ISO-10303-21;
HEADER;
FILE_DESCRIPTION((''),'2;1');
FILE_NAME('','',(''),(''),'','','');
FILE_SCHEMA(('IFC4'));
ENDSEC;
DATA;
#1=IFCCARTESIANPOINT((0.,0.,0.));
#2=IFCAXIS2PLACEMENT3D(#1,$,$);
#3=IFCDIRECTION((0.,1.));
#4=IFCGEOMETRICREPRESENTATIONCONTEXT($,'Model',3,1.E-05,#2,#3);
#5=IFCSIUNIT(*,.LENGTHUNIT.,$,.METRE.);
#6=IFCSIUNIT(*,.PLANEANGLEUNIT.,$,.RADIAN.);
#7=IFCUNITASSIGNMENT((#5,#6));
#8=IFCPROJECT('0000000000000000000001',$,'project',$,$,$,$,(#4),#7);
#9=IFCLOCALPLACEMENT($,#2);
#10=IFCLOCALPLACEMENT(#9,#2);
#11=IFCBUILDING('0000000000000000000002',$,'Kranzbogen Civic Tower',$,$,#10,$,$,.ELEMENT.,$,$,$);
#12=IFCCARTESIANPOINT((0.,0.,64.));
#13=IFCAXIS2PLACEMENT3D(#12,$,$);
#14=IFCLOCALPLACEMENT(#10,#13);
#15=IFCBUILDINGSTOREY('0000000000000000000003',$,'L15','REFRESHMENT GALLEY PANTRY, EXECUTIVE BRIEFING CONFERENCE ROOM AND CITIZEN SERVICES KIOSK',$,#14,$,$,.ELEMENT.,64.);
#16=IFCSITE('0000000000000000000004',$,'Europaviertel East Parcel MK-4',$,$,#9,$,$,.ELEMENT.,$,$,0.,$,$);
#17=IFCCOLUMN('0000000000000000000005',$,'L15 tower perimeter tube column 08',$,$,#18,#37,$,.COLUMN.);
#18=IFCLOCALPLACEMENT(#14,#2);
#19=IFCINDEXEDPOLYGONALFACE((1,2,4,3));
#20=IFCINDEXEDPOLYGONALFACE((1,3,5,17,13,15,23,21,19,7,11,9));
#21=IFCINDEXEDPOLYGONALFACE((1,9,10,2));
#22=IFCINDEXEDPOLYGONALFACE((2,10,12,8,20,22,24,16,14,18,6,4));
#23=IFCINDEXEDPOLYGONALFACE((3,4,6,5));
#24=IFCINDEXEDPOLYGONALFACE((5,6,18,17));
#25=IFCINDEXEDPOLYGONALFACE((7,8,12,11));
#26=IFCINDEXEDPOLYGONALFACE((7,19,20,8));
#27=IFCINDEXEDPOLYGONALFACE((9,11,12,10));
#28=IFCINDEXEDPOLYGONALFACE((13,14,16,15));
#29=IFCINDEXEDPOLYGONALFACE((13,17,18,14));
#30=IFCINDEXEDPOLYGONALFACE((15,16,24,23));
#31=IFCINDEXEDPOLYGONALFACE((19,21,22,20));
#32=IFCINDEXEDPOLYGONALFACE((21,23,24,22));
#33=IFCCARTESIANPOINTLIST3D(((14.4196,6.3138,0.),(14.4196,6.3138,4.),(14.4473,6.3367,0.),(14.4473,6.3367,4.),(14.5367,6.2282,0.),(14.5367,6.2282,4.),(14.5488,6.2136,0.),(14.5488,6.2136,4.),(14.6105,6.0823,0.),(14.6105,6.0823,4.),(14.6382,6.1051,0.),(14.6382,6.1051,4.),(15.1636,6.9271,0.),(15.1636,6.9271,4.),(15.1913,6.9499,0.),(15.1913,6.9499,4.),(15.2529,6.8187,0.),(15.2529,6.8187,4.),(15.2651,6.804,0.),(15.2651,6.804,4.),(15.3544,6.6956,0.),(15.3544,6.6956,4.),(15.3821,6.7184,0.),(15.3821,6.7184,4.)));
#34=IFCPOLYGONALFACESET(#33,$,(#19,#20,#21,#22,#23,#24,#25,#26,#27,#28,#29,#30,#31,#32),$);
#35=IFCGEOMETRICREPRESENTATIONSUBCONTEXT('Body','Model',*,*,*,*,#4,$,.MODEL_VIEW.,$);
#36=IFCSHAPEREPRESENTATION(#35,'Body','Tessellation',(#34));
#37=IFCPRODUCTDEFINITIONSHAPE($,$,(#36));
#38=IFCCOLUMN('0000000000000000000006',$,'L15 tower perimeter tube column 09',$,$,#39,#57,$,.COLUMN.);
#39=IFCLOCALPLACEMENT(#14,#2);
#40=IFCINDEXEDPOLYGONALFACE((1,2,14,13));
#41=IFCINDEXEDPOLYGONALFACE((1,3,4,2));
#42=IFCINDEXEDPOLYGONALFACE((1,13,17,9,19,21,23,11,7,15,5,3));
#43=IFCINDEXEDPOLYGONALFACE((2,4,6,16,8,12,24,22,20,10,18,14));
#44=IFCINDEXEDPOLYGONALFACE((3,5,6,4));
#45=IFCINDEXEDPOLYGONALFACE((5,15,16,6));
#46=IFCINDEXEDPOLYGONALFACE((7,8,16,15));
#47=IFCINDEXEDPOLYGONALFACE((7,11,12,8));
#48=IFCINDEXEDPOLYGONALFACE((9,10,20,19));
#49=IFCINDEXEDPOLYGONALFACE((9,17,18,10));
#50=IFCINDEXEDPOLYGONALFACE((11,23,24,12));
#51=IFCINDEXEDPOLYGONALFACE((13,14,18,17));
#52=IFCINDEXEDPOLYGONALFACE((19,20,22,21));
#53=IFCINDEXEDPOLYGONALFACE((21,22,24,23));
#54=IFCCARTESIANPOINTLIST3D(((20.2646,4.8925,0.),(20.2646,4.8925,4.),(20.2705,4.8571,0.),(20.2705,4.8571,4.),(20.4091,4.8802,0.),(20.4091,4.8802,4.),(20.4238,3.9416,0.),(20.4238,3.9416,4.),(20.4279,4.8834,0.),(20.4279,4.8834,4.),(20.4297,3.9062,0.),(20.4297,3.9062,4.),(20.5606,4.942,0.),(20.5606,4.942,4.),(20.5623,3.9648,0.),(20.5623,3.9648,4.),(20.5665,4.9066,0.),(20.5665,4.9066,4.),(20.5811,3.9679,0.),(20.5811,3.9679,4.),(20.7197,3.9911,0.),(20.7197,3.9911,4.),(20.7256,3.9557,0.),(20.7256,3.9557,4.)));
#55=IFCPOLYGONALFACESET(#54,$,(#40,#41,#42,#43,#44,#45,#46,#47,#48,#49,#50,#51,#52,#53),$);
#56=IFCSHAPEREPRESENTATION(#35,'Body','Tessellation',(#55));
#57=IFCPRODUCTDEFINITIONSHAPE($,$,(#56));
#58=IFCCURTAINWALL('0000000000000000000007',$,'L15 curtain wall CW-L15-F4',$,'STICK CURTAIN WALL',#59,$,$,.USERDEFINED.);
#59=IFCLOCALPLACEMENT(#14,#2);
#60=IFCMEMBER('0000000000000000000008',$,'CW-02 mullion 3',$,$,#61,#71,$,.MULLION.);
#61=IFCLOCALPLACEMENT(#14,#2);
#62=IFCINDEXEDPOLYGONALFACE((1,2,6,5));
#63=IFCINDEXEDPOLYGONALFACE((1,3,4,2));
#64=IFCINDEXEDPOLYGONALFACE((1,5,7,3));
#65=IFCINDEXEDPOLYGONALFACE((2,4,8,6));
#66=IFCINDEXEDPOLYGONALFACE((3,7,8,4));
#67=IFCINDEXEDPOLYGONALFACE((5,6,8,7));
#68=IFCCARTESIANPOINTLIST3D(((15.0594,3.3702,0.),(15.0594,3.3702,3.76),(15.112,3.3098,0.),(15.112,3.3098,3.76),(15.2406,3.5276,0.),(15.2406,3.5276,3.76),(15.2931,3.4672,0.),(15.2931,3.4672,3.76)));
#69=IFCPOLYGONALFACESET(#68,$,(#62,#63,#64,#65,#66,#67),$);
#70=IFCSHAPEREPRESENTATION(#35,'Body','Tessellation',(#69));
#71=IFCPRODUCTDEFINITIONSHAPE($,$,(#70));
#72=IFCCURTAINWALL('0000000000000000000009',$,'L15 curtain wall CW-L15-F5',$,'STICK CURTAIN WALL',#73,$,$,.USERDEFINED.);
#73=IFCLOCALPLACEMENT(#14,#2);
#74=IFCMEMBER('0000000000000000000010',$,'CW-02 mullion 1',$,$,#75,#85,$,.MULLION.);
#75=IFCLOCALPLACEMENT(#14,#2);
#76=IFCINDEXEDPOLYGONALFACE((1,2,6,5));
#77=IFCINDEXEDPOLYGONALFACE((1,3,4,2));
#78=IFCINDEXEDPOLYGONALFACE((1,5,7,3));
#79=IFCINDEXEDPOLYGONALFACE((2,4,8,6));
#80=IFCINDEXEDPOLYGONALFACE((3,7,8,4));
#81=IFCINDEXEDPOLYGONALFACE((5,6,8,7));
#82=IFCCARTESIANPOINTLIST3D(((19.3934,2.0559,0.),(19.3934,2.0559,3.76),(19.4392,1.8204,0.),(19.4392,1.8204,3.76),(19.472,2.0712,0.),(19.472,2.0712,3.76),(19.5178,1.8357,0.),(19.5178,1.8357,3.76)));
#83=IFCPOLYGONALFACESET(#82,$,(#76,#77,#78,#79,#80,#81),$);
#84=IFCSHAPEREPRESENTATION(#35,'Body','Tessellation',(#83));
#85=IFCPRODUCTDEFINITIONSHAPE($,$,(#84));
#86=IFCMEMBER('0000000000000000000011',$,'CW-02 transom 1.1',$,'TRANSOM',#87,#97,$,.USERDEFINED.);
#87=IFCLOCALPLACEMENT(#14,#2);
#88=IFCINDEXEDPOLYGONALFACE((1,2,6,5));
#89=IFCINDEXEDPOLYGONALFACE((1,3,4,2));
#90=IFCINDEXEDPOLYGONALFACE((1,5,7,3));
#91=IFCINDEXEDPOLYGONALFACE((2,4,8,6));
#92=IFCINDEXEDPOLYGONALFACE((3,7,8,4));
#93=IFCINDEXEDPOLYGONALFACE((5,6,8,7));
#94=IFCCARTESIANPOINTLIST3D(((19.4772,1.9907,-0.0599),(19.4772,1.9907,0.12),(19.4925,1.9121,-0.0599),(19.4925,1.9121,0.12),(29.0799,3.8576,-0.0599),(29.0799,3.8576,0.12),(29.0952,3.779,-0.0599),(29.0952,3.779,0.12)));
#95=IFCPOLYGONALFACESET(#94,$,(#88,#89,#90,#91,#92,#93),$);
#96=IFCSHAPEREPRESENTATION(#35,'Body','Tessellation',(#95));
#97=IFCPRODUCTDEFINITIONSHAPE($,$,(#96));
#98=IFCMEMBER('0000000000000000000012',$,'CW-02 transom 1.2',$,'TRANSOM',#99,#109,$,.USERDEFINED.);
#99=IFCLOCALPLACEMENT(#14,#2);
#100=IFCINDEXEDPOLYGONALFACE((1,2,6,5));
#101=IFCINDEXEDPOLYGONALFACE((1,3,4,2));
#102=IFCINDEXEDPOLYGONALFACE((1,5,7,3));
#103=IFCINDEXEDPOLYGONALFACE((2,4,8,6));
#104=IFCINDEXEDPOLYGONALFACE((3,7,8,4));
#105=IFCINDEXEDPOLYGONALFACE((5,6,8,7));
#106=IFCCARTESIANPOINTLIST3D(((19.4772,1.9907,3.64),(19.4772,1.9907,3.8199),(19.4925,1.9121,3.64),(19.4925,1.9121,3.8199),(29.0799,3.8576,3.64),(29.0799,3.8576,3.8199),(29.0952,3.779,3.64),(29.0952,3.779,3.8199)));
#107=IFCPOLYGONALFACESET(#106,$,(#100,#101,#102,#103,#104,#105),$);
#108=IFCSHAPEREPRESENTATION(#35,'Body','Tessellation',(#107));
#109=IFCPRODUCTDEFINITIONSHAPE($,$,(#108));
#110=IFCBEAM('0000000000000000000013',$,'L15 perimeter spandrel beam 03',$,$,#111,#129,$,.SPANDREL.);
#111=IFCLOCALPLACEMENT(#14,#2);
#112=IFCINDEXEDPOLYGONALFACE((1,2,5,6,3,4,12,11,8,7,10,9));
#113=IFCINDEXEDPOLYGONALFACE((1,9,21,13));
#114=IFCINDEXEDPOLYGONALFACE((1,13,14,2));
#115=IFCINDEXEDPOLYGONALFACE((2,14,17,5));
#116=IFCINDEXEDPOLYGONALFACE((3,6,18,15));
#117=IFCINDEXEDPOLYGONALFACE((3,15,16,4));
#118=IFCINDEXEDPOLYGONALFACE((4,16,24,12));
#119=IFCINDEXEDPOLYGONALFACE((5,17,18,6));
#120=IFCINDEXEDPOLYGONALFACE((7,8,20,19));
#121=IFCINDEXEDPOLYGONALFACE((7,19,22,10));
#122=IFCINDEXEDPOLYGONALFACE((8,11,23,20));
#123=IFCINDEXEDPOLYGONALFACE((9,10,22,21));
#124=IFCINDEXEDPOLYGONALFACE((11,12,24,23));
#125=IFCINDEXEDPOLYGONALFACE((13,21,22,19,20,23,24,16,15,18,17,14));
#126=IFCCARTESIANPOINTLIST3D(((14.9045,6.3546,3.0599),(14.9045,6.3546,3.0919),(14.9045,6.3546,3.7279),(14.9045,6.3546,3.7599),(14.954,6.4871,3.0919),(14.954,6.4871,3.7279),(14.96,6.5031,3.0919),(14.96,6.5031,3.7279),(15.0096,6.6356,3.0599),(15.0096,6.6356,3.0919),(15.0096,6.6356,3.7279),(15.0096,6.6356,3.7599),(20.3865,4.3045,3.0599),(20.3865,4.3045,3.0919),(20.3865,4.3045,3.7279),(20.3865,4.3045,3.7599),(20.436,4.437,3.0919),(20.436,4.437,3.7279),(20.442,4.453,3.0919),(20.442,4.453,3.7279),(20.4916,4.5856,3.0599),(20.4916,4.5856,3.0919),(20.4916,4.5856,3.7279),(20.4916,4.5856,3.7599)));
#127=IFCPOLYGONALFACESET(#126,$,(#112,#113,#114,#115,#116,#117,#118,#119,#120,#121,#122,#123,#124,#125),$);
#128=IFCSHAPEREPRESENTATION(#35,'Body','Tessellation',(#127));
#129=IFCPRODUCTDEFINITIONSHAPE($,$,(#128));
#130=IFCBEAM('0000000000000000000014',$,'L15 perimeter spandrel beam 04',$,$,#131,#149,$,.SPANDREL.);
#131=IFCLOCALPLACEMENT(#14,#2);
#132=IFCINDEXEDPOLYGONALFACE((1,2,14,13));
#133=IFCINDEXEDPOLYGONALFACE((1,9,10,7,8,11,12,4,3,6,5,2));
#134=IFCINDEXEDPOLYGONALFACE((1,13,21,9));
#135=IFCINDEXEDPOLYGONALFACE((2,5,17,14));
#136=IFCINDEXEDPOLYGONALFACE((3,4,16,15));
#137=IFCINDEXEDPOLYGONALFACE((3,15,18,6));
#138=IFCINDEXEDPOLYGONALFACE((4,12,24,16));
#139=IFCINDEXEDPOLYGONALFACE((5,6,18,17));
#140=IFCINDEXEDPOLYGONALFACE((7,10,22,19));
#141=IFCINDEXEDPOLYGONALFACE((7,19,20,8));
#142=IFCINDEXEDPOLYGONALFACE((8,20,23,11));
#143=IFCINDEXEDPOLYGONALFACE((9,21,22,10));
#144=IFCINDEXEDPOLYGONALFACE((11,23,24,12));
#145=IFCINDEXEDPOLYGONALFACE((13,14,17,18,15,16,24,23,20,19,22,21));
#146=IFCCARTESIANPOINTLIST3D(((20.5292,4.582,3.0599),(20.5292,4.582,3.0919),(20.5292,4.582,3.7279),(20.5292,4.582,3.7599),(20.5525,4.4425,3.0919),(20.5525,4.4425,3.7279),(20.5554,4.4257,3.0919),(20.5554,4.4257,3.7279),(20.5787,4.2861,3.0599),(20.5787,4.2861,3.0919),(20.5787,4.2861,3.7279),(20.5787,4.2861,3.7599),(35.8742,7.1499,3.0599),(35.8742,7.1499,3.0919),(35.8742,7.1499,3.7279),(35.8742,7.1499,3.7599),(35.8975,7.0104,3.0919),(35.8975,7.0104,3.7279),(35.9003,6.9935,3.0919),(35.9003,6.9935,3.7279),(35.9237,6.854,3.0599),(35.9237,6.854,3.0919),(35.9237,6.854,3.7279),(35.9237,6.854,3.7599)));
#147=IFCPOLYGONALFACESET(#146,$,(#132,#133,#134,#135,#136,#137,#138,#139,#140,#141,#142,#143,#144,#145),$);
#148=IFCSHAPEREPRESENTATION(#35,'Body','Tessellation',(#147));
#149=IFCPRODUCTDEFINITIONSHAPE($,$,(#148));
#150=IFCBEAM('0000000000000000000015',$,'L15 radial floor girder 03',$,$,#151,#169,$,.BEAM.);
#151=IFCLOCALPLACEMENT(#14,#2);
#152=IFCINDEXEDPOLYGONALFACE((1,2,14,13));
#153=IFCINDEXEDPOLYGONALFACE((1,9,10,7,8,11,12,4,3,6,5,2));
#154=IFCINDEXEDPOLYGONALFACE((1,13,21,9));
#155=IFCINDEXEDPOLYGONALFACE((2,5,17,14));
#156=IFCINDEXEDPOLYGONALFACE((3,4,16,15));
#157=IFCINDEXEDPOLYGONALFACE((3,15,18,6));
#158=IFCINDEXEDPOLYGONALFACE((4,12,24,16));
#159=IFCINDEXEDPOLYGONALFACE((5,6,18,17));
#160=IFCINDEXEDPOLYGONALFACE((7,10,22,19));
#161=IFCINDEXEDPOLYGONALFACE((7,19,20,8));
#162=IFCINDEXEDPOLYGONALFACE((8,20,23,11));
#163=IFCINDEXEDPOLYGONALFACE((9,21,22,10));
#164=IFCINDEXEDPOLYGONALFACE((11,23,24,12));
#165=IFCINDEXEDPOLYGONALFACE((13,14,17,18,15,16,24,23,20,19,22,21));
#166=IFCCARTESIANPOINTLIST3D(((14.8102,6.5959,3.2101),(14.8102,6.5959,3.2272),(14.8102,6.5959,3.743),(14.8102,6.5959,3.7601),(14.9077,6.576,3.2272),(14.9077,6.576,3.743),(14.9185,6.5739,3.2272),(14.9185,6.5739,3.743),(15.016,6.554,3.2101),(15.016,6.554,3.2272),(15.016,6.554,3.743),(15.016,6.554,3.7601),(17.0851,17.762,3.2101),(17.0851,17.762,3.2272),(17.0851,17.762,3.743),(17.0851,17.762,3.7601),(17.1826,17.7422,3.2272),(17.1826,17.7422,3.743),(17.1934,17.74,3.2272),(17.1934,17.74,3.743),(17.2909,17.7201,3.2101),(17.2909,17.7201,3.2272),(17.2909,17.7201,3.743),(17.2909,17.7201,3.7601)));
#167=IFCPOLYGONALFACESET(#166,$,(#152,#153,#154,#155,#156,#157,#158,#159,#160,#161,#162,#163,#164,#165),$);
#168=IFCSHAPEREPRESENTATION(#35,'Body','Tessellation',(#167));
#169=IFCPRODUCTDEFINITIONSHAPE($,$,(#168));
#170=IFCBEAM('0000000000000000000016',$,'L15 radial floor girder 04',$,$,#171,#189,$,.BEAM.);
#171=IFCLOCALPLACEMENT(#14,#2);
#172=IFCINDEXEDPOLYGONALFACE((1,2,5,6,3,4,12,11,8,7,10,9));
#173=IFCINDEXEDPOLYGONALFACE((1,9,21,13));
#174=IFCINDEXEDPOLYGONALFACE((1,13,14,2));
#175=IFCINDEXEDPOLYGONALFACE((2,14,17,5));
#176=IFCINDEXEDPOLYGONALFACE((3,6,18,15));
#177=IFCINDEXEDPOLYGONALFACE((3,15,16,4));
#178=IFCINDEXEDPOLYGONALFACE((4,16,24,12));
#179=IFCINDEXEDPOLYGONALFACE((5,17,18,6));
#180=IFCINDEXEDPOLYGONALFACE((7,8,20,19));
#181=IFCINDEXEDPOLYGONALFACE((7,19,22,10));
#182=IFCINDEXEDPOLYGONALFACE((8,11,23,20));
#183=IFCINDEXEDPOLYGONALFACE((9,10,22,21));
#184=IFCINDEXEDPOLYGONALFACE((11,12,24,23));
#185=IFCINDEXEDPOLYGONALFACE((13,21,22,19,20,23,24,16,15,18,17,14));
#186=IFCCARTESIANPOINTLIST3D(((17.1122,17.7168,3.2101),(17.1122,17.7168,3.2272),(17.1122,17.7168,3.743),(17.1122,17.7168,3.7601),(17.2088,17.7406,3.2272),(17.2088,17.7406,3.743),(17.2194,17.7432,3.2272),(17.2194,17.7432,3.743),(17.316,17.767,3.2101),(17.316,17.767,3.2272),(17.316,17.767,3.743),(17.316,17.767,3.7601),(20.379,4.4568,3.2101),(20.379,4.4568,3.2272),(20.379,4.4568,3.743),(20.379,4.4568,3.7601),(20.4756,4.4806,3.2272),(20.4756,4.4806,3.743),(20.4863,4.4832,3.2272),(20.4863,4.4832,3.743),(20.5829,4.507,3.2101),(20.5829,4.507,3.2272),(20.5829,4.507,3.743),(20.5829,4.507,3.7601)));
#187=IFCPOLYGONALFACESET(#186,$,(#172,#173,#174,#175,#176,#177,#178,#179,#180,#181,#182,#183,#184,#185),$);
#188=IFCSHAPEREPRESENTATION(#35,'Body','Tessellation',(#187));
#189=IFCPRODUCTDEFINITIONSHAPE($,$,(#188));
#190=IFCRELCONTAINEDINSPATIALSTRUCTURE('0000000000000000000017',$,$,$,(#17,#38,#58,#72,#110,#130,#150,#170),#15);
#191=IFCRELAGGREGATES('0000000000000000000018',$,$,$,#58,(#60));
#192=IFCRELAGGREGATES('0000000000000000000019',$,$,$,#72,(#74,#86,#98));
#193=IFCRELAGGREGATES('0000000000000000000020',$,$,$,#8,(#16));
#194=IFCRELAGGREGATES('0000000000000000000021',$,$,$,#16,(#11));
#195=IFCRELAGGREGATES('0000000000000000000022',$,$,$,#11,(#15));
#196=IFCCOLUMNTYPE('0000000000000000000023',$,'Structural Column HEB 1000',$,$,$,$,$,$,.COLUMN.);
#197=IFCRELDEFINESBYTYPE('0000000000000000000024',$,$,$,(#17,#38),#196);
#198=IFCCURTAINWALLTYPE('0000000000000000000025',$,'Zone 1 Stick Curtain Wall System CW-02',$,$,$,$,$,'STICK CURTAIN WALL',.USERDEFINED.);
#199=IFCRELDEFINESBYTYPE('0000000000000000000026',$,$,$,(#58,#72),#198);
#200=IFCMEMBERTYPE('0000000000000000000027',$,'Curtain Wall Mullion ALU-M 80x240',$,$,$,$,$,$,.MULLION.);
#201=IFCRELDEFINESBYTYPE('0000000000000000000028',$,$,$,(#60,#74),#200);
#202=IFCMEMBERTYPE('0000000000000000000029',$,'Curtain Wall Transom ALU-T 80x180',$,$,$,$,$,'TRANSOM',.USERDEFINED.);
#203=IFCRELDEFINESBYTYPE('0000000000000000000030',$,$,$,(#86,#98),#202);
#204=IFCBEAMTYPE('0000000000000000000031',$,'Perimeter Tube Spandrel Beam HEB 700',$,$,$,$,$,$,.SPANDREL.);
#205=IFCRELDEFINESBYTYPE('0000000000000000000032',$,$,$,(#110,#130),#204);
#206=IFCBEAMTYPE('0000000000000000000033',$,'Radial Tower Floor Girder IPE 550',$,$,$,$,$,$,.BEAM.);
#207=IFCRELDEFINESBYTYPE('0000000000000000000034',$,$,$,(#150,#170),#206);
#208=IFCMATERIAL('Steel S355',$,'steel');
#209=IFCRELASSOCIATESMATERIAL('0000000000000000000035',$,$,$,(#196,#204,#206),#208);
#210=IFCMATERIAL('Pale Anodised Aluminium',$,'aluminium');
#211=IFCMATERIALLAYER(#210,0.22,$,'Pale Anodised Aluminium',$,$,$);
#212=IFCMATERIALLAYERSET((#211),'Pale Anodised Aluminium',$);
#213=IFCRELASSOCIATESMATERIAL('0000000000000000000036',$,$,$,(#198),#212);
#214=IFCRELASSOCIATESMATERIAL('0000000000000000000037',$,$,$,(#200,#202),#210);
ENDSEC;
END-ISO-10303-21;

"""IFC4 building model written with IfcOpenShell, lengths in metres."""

from ifc_helpers import new_model, si_unit, direction, frame, origin, origin_2d, place, context, subcontext, project, spatial, rectangle, i_section, extrude, material, layer, layer_set, material_profile, profile_set, type_object, element, aggregate, save


model = new_model("IFC4")

# Units and contexts
model_context = context("Model", 3, precision=1e-05, world=origin(), true_north=direction((0.0, 1.0)))
body_context = subcontext(model_context, "Body", "Model", "MODEL_VIEW")
ifc_project = project(units=[si_unit("LENGTHUNIT", "METRE"), si_unit("PLANEANGLEUNIT", "RADIAN")], contexts=[model_context])

# Site, building, storey
site_placement = place(None, origin())
site = spatial("IfcSite", under=ifc_project, at=site_placement, Name="Europaviertel East Parcel MK-4", CompositionType="ELEMENT", RefElevation=0.0)
building_placement = place(site_placement, origin())
building = spatial("IfcBuilding", under=site, at=building_placement, Name="Kranzbogen Civic Tower", CompositionType="ELEMENT")
storey_placement = place(building_placement, frame((0.0, 0.0, 64.0)))
storey = spatial("IfcBuildingStorey", under=building, at=storey_placement, Name="L15", Description="REFRESHMENT GALLEY PANTRY, EXECUTIVE BRIEFING CONFERENCE ROOM AND CITIZEN SERVICES KIOSK", CompositionType="ELEMENT", Elevation=64.0)

# Columns
ifc_material_1 = material(Name="Steel S355", Category="steel")
ifc_material_profile_1 = material_profile(ifc_material_1, i_section(OverallWidth=0.3, OverallDepth=1.0, WebThickness=0.019, FlangeThickness=0.0359, at=origin_2d()), Name="HEB 1000")
ifc_profile_set_1 = profile_set([ifc_material_profile_1], Name="Steel S355")
column_type = type_object("IfcColumnType", Name="Structural Column HEB 1000", PredefinedType="COLUMN", material=ifc_profile_set_1)
for number, where, z_axis, x_axis, name in (
    (1, (14.9009, 6.5161, 0.0), (0.0, 0.0, 1.0), (-0.636078, 0.771625, 0.0), "L15 tower perimeter tube column 08"),
    (2, (20.4951, 4.4241, 0.0), (0.0, 0.0, 1.0), (0.986286, 0.165048, 0.0), "L15 tower perimeter tube column 09"),
):
    element("IfcColumn", number, at=place(storey_placement, frame(where, z_axis=z_axis, x_axis=x_axis)), inside=storey, type_object=column_type, Name=name, PredefinedType="COLUMN", context=body_context, shape_type="SweptSolid", body=[
        extrude(i_section(OverallWidth=0.3, OverallDepth=1.0, WebThickness=0.019, FlangeThickness=0.0359, at=origin_2d()), origin(), (0.0, 0.0, 1.0), 4.0),
    ])

# Curtain wall, member
ifc_material_2 = material(Name="Pale Anodised Aluminium", Category="aluminium")
ifc_layer_1 = layer(ifc_material_2, 0.22, Name="Pale Anodised Aluminium")
ifc_layer_set_1 = layer_set([ifc_layer_1], Name="Pale Anodised Aluminium")
curtain_wall_type = type_object("IfcCurtainWallType", Name="Zone 1 Stick Curtain Wall System CW-02", ElementType="STICK CURTAIN WALL", PredefinedType="USERDEFINED", material=ifc_layer_set_1)
curtain_wall_1_placement = place(storey_placement, origin())
curtain_wall_1 = element("IfcCurtainWall", 3, at=curtain_wall_1_placement, inside=storey, type_object=curtain_wall_type, Name="L15 curtain wall CW-L15-F4", ObjectType="STICK CURTAIN WALL", PredefinedType="USERDEFINED")
ifc_material_profile_2 = material_profile(ifc_material_2, rectangle(XDim=0.0801, YDim=0.24, at=origin_2d()), Name="ALU-M 80x240")
ifc_profile_set_2 = profile_set([ifc_material_profile_2], Name="Pale Anodised Aluminium")
member_type_1 = type_object("IfcMemberType", Name="Curtain Wall Mullion ALU-M 80x240", PredefinedType="MULLION", material=ifc_profile_set_2)
member_1_placement = place(storey_placement, frame((15.1763, 3.4187, 0.0), z_axis=(0.0, 0.0, 1.0), x_axis=(0.656056, -0.754712, 0.0)))
member_1 = element("IfcMember", 4, at=member_1_placement, type_object=member_type_1, Name="CW-02 mullion 3", PredefinedType="MULLION", context=body_context, shape_type="SweptSolid", body=[
    extrude(rectangle(XDim=0.0801, YDim=0.24, at=origin_2d()), origin(), (0.0, 0.0, 1.0), 3.76),
])
aggregate(curtain_wall_1, [member_1])

# Curtain wall, members
curtain_wall_2_placement = place(storey_placement, origin())
curtain_wall_2 = element("IfcCurtainWall", 5, at=curtain_wall_2_placement, inside=storey, type_object=curtain_wall_type, Name="L15 curtain wall CW-L15-F5", ObjectType="STICK CURTAIN WALL", PredefinedType="USERDEFINED")
member_2_placement = place(storey_placement, frame((19.4556, 1.9458, 0.0), z_axis=(0.0, 0.0, 1.0), x_axis=(0.981622, 0.190834, 0.0)))
member_2 = element("IfcMember", 6, at=member_2_placement, type_object=member_type_1, Name="CW-02 mullion 1", PredefinedType="MULLION", context=body_context, shape_type="SweptSolid", body=[
    extrude(rectangle(XDim=0.0801, YDim=0.24, at=origin_2d()), origin(), (0.0, 0.0, 1.0), 3.76),
])
ifc_material_profile_3 = material_profile(ifc_material_2, rectangle(XDim=0.0801, YDim=0.1799, at=origin_2d()), Name="ALU-T 80x180")
ifc_profile_set_3 = profile_set([ifc_material_profile_3], Name="Pale Anodised Aluminium")
member_type_2 = type_object("IfcMemberType", Name="Curtain Wall Transom ALU-T 80x180", ElementType="TRANSOM", PredefinedType="USERDEFINED", material=ifc_profile_set_3)
member_3_placement = place(storey_placement, frame((19.4849, 1.9514, 0.03), z_axis=(0.98162, 0.190844, 0.0), x_axis=(-0.190844, 0.98162, 0.0)))
member_3 = element("IfcMember", 7, at=member_3_placement, type_object=member_type_2, Name="CW-02 transom 1.1", ObjectType="TRANSOM", PredefinedType="USERDEFINED", context=body_context, shape_type="SweptSolid", body=[
    extrude(rectangle(XDim=0.0801, YDim=0.1799, at=origin_2d()), origin(), (0.0, 0.0, 1.0), 9.7825),
])
member_4_placement = place(storey_placement, frame((19.4849, 1.9514, 3.73), z_axis=(0.98162, 0.190844, 0.0), x_axis=(-0.190844, 0.98162, 0.0)))
member_4 = element("IfcMember", 8, at=member_4_placement, type_object=member_type_2, Name="CW-02 transom 1.2", ObjectType="TRANSOM", PredefinedType="USERDEFINED", context=body_context, shape_type="SweptSolid", body=[
    extrude(rectangle(XDim=0.0801, YDim=0.1799, at=origin_2d()), origin(), (0.0, 0.0, 1.0), 9.7825),
])
aggregate(curtain_wall_2, [member_2, member_3, member_4])

# Beams
ifc_material_profile_4 = material_profile(ifc_material_1, i_section(OverallWidth=0.3, OverallDepth=0.7, WebThickness=0.0171, FlangeThickness=0.032, at=origin_2d()), Name="HEB 700")
ifc_profile_set_4 = profile_set([ifc_material_profile_4], Name="Steel S355")
beam_type_1 = type_object("IfcBeamType", Name="Perimeter Tube Spandrel Beam HEB 700", PredefinedType="SPANDREL", material=ifc_profile_set_4)
beam_1_placement = place(storey_placement, frame((14.957, 6.4951, 3.4099), z_axis=(0.936648, -0.350273, 0.0), x_axis=(0.350273, 0.936648, 0.0)))
element("IfcBeam", 9, at=beam_1_placement, inside=storey, type_object=beam_type_1, Name="L15 perimeter spandrel beam 03", PredefinedType="SPANDREL", context=body_context, shape_type="SweptSolid", body=[
    extrude(i_section(OverallWidth=0.3, OverallDepth=0.7, WebThickness=0.0171, FlangeThickness=0.032, at=origin_2d()), origin(), (0.0, 0.0, 1.0), 5.8528),
])
beam_2_placement = place(storey_placement, frame((20.554, 4.4341, 3.4099), z_axis=(0.986286, 0.165048, 0.0), x_axis=(-0.165048, 0.986286, 0.0)))
element("IfcBeam", 10, at=beam_2_placement, inside=storey, type_object=beam_type_1, Name="L15 perimeter spandrel beam 04", PredefinedType="SPANDREL", context=body_context, shape_type="SweptSolid", body=[
    extrude(i_section(OverallWidth=0.3, OverallDepth=0.7, WebThickness=0.0171, FlangeThickness=0.032, at=origin_2d()), origin(), (0.0, 0.0, 1.0), 15.5583),
])
ifc_material_profile_5 = material_profile(ifc_material_1, i_section(OverallWidth=0.21, OverallDepth=0.55, WebThickness=0.011, FlangeThickness=0.0171, at=origin_2d()), Name="IPE 550")
ifc_profile_set_5 = profile_set([ifc_material_profile_5], Name="Steel S355")
beam_type_2 = type_object("IfcBeamType", Name="Radial Tower Floor Girder IPE 550", PredefinedType="BEAM", material=ifc_profile_set_5)
beam_3_placement = place(storey_placement, frame((14.9131, 6.575, 3.4851), z_axis=(0.199633, 0.979871, 0.0), x_axis=(-0.979871, 0.199633, 0.0)))
element("IfcBeam", 11, at=beam_3_placement, inside=storey, type_object=beam_type_2, Name="L15 radial floor girder 03", PredefinedType="BEAM", context=body_context, shape_type="SweptSolid", body=[
    extrude(i_section(OverallWidth=0.21, OverallDepth=0.55, WebThickness=0.011, FlangeThickness=0.0171, at=origin_2d()), origin(), (0.0, 0.0, 1.0), 11.3955),
])
beam_4_placement = place(storey_placement, frame((20.481, 4.4819, 3.4851), z_axis=(-0.239215, 0.970967, 0.0), x_axis=(-0.970967, -0.239215, 0.0)))
element("IfcBeam", 12, at=beam_4_placement, inside=storey, type_object=beam_type_2, Name="L15 radial floor girder 04", PredefinedType="BEAM", context=body_context, shape_type="SweptSolid", body=[
    extrude(i_section(OverallWidth=0.21, OverallDepth=0.55, WebThickness=0.011, FlangeThickness=0.0171, at=origin_2d()), origin(), (0.0, 0.0, 1.0), 13.6565),
])

save(model, "model.ifc")
